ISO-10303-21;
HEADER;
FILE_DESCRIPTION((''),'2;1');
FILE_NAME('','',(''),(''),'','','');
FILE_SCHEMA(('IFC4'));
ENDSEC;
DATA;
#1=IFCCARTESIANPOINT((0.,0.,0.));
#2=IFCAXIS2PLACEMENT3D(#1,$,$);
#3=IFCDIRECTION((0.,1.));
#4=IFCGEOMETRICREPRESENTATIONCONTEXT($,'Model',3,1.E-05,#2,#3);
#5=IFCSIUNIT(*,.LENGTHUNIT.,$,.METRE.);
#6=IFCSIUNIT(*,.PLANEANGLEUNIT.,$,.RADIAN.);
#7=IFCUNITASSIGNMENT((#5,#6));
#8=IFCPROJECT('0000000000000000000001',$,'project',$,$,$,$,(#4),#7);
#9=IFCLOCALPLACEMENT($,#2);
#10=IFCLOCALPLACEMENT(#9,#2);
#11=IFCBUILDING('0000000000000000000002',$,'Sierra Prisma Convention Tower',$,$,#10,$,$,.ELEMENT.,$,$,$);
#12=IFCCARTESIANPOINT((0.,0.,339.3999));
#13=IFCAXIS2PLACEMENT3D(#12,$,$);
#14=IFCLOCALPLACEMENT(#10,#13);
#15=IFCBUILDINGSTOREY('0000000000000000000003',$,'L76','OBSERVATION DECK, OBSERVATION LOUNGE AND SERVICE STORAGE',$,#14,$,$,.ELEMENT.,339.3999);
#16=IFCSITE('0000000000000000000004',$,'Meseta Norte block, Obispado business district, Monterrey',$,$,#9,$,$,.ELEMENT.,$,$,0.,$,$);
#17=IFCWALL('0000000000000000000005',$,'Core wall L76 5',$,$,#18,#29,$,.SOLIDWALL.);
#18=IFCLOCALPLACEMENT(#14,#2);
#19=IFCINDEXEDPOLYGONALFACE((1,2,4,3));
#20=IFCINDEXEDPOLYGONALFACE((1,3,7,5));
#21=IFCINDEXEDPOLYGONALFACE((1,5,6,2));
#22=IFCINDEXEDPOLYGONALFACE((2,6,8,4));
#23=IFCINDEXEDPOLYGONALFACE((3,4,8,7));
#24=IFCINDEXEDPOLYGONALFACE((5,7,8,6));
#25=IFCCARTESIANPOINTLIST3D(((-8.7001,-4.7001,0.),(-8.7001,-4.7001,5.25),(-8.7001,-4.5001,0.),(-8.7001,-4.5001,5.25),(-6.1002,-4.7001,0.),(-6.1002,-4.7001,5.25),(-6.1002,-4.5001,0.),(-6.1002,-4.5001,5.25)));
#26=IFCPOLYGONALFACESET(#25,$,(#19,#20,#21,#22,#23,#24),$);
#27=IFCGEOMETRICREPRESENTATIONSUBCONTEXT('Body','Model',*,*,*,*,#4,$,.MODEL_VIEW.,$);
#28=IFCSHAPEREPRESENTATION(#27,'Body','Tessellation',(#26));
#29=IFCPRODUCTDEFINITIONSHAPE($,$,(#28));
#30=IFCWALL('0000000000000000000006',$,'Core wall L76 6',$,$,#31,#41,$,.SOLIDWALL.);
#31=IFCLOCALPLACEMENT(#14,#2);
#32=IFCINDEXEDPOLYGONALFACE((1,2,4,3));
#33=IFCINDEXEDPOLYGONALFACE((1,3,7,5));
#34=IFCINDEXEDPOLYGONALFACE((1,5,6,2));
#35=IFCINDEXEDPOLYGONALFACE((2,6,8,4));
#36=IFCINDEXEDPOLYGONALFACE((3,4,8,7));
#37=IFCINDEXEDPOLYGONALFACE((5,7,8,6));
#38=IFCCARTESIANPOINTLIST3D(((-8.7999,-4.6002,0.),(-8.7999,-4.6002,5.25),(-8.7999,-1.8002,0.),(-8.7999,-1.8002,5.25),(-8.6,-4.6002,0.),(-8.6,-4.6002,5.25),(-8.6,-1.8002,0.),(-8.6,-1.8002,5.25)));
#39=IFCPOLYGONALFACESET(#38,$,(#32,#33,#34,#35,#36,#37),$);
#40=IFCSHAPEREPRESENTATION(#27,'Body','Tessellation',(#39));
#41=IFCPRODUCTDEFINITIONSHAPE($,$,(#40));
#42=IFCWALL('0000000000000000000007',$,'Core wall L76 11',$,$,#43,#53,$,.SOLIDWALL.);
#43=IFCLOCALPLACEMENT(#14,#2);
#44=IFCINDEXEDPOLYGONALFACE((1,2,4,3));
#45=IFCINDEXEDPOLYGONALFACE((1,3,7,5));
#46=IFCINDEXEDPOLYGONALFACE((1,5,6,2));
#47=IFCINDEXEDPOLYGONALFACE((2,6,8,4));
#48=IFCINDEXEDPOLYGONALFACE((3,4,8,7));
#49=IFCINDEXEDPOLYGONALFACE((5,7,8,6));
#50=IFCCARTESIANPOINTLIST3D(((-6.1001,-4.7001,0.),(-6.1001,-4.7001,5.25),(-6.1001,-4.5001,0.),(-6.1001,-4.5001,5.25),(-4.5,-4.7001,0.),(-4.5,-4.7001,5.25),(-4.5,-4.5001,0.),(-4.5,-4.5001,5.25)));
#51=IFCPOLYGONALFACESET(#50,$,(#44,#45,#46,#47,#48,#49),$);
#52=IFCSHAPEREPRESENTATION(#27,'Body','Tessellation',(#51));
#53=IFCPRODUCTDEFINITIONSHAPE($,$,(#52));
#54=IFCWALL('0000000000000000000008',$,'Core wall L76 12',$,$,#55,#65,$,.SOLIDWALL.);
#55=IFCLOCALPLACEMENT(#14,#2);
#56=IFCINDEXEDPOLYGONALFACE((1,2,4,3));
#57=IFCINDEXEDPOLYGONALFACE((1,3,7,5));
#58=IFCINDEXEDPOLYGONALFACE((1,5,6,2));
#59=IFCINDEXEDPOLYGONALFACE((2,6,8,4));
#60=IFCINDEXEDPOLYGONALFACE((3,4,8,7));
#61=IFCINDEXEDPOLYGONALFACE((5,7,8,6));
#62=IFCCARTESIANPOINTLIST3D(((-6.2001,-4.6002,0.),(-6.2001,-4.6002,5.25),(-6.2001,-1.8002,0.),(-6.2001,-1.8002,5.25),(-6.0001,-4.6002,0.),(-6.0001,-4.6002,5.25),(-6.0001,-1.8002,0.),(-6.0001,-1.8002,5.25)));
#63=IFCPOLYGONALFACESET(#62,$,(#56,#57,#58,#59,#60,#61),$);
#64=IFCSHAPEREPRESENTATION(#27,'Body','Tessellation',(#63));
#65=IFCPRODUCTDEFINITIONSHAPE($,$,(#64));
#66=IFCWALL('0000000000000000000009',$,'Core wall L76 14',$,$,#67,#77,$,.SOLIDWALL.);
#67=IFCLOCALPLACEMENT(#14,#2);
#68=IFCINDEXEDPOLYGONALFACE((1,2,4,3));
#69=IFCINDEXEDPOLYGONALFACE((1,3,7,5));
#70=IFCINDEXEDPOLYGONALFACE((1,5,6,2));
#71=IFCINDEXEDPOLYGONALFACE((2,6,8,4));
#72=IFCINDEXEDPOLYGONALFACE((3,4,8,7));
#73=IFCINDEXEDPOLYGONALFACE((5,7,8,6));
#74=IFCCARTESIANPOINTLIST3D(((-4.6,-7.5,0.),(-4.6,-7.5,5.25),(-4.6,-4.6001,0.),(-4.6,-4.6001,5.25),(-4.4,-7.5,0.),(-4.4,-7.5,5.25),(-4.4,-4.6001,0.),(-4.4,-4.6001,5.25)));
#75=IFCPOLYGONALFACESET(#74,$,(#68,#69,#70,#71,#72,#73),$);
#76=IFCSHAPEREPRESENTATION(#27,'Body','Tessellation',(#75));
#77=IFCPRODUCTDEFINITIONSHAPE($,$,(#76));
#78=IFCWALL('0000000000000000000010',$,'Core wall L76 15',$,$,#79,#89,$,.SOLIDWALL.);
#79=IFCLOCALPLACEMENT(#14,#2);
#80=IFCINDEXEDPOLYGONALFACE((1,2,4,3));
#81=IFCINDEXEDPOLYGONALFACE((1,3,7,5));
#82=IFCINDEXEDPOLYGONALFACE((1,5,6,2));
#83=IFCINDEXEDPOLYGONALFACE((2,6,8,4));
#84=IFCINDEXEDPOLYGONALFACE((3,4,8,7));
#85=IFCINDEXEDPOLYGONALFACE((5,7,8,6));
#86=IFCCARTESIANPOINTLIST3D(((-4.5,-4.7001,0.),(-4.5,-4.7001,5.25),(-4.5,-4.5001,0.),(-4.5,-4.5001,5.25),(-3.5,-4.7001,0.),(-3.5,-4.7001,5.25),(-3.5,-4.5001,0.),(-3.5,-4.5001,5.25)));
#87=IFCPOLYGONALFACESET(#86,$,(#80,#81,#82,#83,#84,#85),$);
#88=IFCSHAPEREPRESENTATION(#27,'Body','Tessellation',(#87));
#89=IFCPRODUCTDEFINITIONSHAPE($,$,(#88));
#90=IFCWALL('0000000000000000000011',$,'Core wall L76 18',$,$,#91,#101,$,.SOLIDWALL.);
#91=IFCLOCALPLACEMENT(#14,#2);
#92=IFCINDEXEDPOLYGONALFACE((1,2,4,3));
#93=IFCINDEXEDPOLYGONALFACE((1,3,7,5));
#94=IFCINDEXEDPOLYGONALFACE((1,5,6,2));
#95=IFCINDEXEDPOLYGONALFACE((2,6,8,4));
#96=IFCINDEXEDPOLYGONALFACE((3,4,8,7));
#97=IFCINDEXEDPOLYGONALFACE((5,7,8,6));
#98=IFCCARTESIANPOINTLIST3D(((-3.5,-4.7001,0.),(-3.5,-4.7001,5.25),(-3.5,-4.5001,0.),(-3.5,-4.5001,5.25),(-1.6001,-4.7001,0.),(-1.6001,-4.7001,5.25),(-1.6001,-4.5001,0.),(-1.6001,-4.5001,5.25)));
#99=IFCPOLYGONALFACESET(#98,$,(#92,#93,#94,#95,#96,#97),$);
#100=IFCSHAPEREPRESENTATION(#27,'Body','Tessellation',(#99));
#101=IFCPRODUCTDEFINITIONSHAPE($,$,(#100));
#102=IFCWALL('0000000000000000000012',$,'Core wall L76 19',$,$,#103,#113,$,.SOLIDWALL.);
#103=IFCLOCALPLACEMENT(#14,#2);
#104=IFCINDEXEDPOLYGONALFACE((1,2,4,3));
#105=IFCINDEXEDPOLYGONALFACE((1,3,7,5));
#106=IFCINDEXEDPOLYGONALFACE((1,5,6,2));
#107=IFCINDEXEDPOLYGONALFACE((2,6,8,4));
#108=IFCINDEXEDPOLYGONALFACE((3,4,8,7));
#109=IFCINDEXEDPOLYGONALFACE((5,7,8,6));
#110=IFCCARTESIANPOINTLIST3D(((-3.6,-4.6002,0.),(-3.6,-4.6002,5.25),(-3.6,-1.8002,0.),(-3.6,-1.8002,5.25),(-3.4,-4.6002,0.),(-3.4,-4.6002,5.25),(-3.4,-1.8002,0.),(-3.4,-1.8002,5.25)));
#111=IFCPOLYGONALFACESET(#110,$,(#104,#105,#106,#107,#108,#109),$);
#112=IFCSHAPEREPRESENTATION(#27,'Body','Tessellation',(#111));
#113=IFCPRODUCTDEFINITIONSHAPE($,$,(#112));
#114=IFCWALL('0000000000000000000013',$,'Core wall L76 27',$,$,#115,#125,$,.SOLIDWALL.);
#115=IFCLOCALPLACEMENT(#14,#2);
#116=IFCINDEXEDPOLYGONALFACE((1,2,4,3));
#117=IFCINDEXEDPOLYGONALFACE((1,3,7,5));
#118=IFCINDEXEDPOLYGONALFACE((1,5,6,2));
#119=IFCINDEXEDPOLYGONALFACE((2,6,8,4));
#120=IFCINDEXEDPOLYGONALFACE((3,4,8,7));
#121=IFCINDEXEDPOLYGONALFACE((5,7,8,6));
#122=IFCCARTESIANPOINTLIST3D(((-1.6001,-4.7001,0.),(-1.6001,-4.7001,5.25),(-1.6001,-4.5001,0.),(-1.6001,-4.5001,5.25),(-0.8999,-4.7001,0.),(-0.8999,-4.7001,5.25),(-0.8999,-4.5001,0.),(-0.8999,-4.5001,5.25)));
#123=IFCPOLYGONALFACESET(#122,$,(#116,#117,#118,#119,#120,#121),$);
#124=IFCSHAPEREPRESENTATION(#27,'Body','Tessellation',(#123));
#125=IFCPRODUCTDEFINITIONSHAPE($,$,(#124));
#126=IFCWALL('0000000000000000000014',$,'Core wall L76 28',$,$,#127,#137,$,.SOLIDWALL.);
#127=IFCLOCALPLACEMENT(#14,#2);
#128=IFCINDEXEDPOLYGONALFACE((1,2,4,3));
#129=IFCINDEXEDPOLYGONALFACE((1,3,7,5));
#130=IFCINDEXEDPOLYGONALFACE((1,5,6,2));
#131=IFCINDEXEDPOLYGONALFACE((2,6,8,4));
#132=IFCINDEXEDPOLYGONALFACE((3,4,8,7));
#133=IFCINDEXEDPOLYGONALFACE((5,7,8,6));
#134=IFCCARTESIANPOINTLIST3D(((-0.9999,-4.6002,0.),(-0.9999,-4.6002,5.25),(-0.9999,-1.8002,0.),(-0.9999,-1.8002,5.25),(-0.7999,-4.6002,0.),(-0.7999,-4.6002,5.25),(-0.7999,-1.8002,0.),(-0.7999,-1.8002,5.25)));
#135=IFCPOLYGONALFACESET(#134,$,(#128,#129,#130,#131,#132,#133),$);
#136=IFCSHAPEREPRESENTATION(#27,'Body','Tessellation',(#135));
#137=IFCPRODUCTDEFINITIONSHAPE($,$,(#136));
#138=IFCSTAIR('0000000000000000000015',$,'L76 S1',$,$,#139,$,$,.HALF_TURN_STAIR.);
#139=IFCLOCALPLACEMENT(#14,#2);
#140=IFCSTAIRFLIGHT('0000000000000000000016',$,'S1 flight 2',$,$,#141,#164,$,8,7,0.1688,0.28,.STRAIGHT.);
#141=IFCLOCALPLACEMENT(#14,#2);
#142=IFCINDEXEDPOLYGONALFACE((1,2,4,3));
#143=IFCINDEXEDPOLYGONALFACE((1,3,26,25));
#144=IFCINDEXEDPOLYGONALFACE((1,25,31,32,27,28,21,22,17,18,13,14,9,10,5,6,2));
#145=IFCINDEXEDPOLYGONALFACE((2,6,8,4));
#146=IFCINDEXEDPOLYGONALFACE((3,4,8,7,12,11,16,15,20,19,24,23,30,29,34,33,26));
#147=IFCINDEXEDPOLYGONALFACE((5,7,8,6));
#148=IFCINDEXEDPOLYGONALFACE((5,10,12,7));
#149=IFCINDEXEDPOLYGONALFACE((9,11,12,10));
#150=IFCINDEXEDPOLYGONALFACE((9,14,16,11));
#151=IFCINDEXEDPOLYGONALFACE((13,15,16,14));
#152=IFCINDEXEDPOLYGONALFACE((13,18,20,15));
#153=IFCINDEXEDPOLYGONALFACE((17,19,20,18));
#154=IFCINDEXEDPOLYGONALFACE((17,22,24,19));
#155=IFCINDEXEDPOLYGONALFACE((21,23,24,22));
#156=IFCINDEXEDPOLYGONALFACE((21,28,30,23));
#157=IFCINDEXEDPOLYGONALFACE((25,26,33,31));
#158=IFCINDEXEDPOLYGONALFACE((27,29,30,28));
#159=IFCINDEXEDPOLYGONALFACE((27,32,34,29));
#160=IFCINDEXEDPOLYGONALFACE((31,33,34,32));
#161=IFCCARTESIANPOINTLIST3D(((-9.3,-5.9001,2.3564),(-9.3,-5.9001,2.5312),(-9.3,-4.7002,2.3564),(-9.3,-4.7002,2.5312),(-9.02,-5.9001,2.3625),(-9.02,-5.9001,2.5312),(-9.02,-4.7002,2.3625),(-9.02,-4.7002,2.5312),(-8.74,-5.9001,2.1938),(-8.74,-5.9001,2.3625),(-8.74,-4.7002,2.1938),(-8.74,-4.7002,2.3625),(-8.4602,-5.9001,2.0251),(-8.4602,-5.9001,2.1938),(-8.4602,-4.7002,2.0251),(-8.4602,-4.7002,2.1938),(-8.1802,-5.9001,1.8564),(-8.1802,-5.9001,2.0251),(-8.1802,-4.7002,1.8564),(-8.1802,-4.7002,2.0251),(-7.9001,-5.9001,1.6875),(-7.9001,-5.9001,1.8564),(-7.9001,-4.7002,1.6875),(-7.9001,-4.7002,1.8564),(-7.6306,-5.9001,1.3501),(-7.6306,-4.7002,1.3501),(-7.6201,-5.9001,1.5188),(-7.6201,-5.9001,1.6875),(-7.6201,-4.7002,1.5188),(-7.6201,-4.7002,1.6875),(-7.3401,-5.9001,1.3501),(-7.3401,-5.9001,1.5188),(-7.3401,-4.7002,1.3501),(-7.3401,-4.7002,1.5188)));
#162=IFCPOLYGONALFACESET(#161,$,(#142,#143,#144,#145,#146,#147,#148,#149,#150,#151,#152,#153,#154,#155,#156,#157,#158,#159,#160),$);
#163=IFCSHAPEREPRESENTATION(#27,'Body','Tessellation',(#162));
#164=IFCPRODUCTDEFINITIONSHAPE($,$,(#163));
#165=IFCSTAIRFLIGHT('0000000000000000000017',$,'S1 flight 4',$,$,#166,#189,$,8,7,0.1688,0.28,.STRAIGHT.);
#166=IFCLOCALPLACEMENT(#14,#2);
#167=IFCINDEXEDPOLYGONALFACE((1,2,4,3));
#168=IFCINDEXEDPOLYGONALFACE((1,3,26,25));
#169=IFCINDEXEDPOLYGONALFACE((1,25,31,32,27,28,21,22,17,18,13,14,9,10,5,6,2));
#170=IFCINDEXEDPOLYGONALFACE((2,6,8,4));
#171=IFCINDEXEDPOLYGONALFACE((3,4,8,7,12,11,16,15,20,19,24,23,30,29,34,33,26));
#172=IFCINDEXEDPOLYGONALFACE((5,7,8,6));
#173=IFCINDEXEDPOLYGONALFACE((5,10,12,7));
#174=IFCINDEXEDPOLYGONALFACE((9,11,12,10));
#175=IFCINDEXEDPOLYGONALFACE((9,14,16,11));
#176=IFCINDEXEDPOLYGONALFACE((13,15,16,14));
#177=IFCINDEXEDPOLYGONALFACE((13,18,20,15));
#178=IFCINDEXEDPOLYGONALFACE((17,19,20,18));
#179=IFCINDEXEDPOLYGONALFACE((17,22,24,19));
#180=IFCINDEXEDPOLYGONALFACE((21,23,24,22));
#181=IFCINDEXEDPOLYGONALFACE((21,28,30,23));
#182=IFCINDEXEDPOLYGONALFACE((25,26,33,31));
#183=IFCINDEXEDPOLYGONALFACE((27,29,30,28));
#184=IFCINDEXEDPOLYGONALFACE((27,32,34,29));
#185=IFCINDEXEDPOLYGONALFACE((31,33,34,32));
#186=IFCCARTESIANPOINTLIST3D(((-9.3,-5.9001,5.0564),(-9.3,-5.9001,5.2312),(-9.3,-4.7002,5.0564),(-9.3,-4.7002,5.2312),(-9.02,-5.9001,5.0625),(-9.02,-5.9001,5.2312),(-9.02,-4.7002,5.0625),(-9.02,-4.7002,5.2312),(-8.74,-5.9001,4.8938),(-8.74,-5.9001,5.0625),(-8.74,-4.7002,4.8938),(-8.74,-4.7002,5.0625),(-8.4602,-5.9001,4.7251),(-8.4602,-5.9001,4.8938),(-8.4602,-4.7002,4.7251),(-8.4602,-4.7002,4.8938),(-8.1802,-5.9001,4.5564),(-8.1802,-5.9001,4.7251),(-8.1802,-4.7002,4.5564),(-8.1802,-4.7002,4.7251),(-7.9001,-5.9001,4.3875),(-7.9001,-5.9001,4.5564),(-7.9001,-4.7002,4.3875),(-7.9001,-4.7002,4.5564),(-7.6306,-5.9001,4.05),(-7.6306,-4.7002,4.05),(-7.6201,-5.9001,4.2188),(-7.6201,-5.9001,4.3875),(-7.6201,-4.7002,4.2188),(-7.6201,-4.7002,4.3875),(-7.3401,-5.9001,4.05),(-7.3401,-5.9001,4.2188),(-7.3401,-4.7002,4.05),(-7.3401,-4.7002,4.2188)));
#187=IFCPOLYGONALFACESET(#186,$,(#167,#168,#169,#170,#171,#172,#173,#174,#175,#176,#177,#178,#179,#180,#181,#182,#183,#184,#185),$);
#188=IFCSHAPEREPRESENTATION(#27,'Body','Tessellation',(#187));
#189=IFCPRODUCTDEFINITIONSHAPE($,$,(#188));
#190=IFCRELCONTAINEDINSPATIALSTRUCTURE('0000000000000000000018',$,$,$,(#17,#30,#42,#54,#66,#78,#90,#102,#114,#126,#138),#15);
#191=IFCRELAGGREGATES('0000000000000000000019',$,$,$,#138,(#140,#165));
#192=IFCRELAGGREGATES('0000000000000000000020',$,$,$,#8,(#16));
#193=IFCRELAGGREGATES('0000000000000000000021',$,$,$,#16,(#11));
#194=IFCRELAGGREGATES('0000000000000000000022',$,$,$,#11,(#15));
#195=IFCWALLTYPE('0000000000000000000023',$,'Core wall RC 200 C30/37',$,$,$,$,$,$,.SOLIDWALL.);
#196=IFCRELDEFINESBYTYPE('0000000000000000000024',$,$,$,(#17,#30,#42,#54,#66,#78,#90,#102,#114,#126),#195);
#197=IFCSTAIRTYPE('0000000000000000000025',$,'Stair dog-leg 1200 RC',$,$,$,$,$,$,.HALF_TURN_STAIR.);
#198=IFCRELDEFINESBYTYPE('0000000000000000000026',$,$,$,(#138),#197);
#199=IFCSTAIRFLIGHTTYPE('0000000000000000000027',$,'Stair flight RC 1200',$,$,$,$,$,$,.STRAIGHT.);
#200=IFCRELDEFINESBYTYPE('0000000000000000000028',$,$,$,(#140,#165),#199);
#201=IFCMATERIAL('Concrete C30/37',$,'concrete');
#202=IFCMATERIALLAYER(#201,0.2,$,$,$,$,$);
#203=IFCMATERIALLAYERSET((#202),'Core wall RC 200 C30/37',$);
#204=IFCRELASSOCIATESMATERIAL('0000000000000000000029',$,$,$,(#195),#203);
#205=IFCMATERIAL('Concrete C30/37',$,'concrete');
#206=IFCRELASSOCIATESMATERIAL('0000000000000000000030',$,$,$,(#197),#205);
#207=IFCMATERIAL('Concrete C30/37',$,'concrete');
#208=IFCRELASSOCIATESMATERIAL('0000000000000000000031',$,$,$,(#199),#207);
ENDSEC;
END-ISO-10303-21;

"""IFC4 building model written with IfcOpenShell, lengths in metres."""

from ifc_helpers import new_model, si_unit, direction, frame, frame_2d, origin, place, context, subcontext, project, spatial, polyline, rectangle, outline, extrude, material, layer, layer_set, type_object, element, aggregate, save


model = new_model("IFC4")

# Units and contexts
model_context = context("Model", 3, precision=1e-05, world=origin(), true_north=direction((0.0, 1.0)))
body_context = subcontext(model_context, "Body", "Model", "MODEL_VIEW")
ifc_project = project(units=[si_unit("LENGTHUNIT", "METRE"), si_unit("PLANEANGLEUNIT", "RADIAN")], contexts=[model_context])

# Site, building, storey
site_placement = place(None, origin())
site = spatial("IfcSite", under=ifc_project, at=site_placement, Name="Meseta Norte block, Obispado business district, Monterrey", CompositionType="ELEMENT", RefElevation=0.0)
building_placement = place(site_placement, origin())
building = spatial("IfcBuilding", under=site, at=building_placement, Name="Sierra Prisma Convention Tower", CompositionType="ELEMENT")
storey_placement = place(building_placement, frame((0.0, 0.0, 339.3999)))
storey = spatial("IfcBuildingStorey", under=building, at=storey_placement, Name="L76", Description="OBSERVATION DECK, OBSERVATION LOUNGE AND SERVICE STORAGE", CompositionType="ELEMENT", Elevation=339.3999)

# Walls
ifc_material_1 = material(Name="Concrete C30/37", Category="concrete")
ifc_layer = layer(ifc_material_1, 0.2)
ifc_layer_set = layer_set([ifc_layer], Name="Core wall RC 200 C30/37")
wall_type = type_object("IfcWallType", Name="Core wall RC 200 C30/37", PredefinedType="SOLIDWALL", material=ifc_layer_set)
wall_1_placement = place(storey_placement, frame((-8.7, -4.6001, 0.0), z_axis=(0.0, 0.0, 1.0), x_axis=(1.0, 0.0, 0.0)))
element("IfcWall", 1, at=wall_1_placement, inside=storey, type_object=wall_type, Name="Core wall L76 5", PredefinedType="SOLIDWALL", context=body_context, shape_type="SweptSolid", body=[
    extrude(rectangle(XDim=2.5999, YDim=0.2, at=frame_2d((1.2998, 0.0))), origin(), (0.0, 0.0, 1.0), 5.25),
])
wall_2_placement = place(storey_placement, frame((-8.7, -4.6001, 0.0), z_axis=(0.0, 0.0, 1.0), x_axis=(0.0, 1.0, 0.0)))
element("IfcWall", 2, at=wall_2_placement, inside=storey, type_object=wall_type, Name="Core wall L76 6", PredefinedType="SOLIDWALL", context=body_context, shape_type="SweptSolid", body=[
    extrude(rectangle(XDim=2.8, YDim=0.2, at=frame_2d((1.3999, 0.0))), origin(), (0.0, 0.0, 1.0), 5.25),
])

# Walls
wall_3_placement = place(storey_placement, frame((-6.1001, -4.6001, 0.0), z_axis=(0.0, 0.0, 1.0), x_axis=(1.0, 0.0, 0.0)))
element("IfcWall", 3, at=wall_3_placement, inside=storey, type_object=wall_type, Name="Core wall L76 11", PredefinedType="SOLIDWALL", context=body_context, shape_type="SweptSolid", body=[
    extrude(rectangle(XDim=1.6001, YDim=0.2, at=frame_2d((0.8, 0.0))), origin(), (0.0, 0.0, 1.0), 5.25),
])
wall_4_placement = place(storey_placement, frame((-6.1001, -4.6001, 0.0), z_axis=(0.0, 0.0, 1.0), x_axis=(0.0, 1.0, 0.0)))
element("IfcWall", 4, at=wall_4_placement, inside=storey, type_object=wall_type, Name="Core wall L76 12", PredefinedType="SOLIDWALL", context=body_context, shape_type="SweptSolid", body=[
    extrude(rectangle(XDim=2.8, YDim=0.2, at=frame_2d((1.3999, 0.0))), origin(), (0.0, 0.0, 1.0), 5.25),
])

# Walls
wall_5_placement = place(storey_placement, frame((-4.5, -4.6001, 0.0), z_axis=(0.0, 0.0, 1.0), x_axis=(0.0, -1.0, 0.0)))
element("IfcWall", 5, at=wall_5_placement, inside=storey, type_object=wall_type, Name="Core wall L76 14", PredefinedType="SOLIDWALL", context=body_context, shape_type="SweptSolid", body=[
    extrude(rectangle(XDim=2.8999, YDim=0.2, at=frame_2d((1.45, 0.0))), origin(), (0.0, 0.0, 1.0), 5.25),
])
wall_6_placement = place(storey_placement, frame((-4.5, -4.6001, 0.0), z_axis=(0.0, 0.0, 1.0), x_axis=(1.0, 0.0, 0.0)))
element("IfcWall", 6, at=wall_6_placement, inside=storey, type_object=wall_type, Name="Core wall L76 15", PredefinedType="SOLIDWALL", context=body_context, shape_type="SweptSolid", body=[
    extrude(rectangle(XDim=1.0, YDim=0.2, at=frame_2d((0.5, 0.0))), origin(), (0.0, 0.0, 1.0), 5.25),
])
wall_7_placement = place(storey_placement, frame((-3.5, -4.6001, 0.0), z_axis=(0.0, 0.0, 1.0), x_axis=(1.0, 0.0, 0.0)))
element("IfcWall", 7, at=wall_7_placement, inside=storey, type_object=wall_type, Name="Core wall L76 18", PredefinedType="SOLIDWALL", context=body_context, shape_type="SweptSolid", body=[
    extrude(rectangle(XDim=1.8999, YDim=0.2, at=frame_2d((0.95, 0.0))), origin(), (0.0, 0.0, 1.0), 5.25),
])
wall_8_placement = place(storey_placement, frame((-3.5, -4.6001, 0.0), z_axis=(0.0, 0.0, 1.0), x_axis=(0.0, 1.0, 0.0)))
element("IfcWall", 8, at=wall_8_placement, inside=storey, type_object=wall_type, Name="Core wall L76 19", PredefinedType="SOLIDWALL", context=body_context, shape_type="SweptSolid", body=[
    extrude(rectangle(XDim=2.8, YDim=0.2, at=frame_2d((1.3999, 0.0))), origin(), (0.0, 0.0, 1.0), 5.25),
])

# Walls
wall_9_placement = place(storey_placement, frame((-1.6001, -4.6001, 0.0), z_axis=(0.0, 0.0, 1.0), x_axis=(1.0, 0.0, 0.0)))
element("IfcWall", 9, at=wall_9_placement, inside=storey, type_object=wall_type, Name="Core wall L76 27", PredefinedType="SOLIDWALL", context=body_context, shape_type="SweptSolid", body=[
    extrude(rectangle(XDim=0.7002, YDim=0.2, at=frame_2d((0.3501, 0.0))), origin(), (0.0, 0.0, 1.0), 5.25),
])
wall_10_placement = place(storey_placement, frame((-0.8999, -4.6001, 0.0), z_axis=(0.0, 0.0, 1.0), x_axis=(0.0, 1.0, 0.0)))
element("IfcWall", 10, at=wall_10_placement, inside=storey, type_object=wall_type, Name="Core wall L76 28", PredefinedType="SOLIDWALL", context=body_context, shape_type="SweptSolid", body=[
    extrude(rectangle(XDim=2.8, YDim=0.2, at=frame_2d((1.3999, 0.0))), origin(), (0.0, 0.0, 1.0), 5.25),
])

# Stair, stair flights
ifc_material_2 = material(Name="Concrete C30/37", Category="concrete")
stair_type = type_object("IfcStairType", Name="Stair dog-leg 1200 RC", PredefinedType="HALF_TURN_STAIR", material=ifc_material_2)
stair_placement = place(storey_placement, origin())
stair = element("IfcStair", 11, at=stair_placement, inside=storey, type_object=stair_type, Name="L76 S1", PredefinedType="HALF_TURN_STAIR")
ifc_material_3 = material(Name="Concrete C30/37", Category="concrete")
stair_flight_type = type_object("IfcStairFlightType", Name="Stair flight RC 1200", PredefinedType="STRAIGHT", material=ifc_material_3)
stair_flight_1_placement = place(storey_placement, frame((-7.3401, -5.3, 1.3501), z_axis=(0.0, 0.0, 1.0), x_axis=(-1.0, 0.0, 0.0)))
stair_flight_1 = element("IfcStairFlight", 12, at=stair_flight_1_placement, type_object=stair_flight_type, Name="S1 flight 2", NumberOfRisers=8, NumberOfTreads=7, PredefinedType="STRAIGHT", RiserHeight=0.1688, TreadLength=0.28, context=body_context, shape_type="SweptSolid", body=[
    extrude(outline(polyline([(0.0, 0.0), (0.0, 0.1687), (0.28, 0.1687), (0.28, 0.3374), (0.5601, 0.3374), (0.5601, 0.5063), (0.8401, 0.5063), (0.8401, 0.675), (1.1201, 0.675), (1.1201, 0.8438), (1.3999, 0.8438), (1.3999, 1.0125), (1.6799, 1.0125), (1.6799, 1.1812), (1.96, 1.1812), (1.96, 1.3501), (1.96, 1.0063), (0.2905, 0.0), (0.0, 0.0)])), frame((0.0, 0.6001, 0.0), z_axis=(0.0, -1.0, 0.0), x_axis=(1.0, 0.0, 0.0)), (0.0, 0.0, 1.0), 1.2),
])
stair_flight_2_placement = place(storey_placement, frame((-7.3401, -5.3, 4.05), z_axis=(0.0, 0.0, 1.0), x_axis=(-1.0, 0.0, 0.0)))
stair_flight_2 = element("IfcStairFlight", 13, at=stair_flight_2_placement, type_object=stair_flight_type, Name="S1 flight 4", NumberOfRisers=8, NumberOfTreads=7, PredefinedType="STRAIGHT", RiserHeight=0.1688, TreadLength=0.28, context=body_context, shape_type="SweptSolid", body=[
    extrude(outline(polyline([(0.0, 0.0), (0.0, 0.1687), (0.28, 0.1687), (0.28, 0.3374), (0.5601, 0.3374), (0.5601, 0.5063), (0.8401, 0.5063), (0.8401, 0.675), (1.1201, 0.675), (1.1201, 0.8438), (1.3999, 0.8438), (1.3999, 1.0125), (1.6799, 1.0125), (1.6799, 1.1812), (1.96, 1.1812), (1.96, 1.3501), (1.96, 1.0063), (0.2905, 0.0), (0.0, 0.0)])), frame((0.0, 0.6001, 0.0), z_axis=(0.0, -1.0, 0.0), x_axis=(1.0, 0.0, 0.0)), (0.0, 0.0, 1.0), 1.2),
])
aggregate(stair, [stair_flight_1, stair_flight_2])

save(model, "model.ifc")
